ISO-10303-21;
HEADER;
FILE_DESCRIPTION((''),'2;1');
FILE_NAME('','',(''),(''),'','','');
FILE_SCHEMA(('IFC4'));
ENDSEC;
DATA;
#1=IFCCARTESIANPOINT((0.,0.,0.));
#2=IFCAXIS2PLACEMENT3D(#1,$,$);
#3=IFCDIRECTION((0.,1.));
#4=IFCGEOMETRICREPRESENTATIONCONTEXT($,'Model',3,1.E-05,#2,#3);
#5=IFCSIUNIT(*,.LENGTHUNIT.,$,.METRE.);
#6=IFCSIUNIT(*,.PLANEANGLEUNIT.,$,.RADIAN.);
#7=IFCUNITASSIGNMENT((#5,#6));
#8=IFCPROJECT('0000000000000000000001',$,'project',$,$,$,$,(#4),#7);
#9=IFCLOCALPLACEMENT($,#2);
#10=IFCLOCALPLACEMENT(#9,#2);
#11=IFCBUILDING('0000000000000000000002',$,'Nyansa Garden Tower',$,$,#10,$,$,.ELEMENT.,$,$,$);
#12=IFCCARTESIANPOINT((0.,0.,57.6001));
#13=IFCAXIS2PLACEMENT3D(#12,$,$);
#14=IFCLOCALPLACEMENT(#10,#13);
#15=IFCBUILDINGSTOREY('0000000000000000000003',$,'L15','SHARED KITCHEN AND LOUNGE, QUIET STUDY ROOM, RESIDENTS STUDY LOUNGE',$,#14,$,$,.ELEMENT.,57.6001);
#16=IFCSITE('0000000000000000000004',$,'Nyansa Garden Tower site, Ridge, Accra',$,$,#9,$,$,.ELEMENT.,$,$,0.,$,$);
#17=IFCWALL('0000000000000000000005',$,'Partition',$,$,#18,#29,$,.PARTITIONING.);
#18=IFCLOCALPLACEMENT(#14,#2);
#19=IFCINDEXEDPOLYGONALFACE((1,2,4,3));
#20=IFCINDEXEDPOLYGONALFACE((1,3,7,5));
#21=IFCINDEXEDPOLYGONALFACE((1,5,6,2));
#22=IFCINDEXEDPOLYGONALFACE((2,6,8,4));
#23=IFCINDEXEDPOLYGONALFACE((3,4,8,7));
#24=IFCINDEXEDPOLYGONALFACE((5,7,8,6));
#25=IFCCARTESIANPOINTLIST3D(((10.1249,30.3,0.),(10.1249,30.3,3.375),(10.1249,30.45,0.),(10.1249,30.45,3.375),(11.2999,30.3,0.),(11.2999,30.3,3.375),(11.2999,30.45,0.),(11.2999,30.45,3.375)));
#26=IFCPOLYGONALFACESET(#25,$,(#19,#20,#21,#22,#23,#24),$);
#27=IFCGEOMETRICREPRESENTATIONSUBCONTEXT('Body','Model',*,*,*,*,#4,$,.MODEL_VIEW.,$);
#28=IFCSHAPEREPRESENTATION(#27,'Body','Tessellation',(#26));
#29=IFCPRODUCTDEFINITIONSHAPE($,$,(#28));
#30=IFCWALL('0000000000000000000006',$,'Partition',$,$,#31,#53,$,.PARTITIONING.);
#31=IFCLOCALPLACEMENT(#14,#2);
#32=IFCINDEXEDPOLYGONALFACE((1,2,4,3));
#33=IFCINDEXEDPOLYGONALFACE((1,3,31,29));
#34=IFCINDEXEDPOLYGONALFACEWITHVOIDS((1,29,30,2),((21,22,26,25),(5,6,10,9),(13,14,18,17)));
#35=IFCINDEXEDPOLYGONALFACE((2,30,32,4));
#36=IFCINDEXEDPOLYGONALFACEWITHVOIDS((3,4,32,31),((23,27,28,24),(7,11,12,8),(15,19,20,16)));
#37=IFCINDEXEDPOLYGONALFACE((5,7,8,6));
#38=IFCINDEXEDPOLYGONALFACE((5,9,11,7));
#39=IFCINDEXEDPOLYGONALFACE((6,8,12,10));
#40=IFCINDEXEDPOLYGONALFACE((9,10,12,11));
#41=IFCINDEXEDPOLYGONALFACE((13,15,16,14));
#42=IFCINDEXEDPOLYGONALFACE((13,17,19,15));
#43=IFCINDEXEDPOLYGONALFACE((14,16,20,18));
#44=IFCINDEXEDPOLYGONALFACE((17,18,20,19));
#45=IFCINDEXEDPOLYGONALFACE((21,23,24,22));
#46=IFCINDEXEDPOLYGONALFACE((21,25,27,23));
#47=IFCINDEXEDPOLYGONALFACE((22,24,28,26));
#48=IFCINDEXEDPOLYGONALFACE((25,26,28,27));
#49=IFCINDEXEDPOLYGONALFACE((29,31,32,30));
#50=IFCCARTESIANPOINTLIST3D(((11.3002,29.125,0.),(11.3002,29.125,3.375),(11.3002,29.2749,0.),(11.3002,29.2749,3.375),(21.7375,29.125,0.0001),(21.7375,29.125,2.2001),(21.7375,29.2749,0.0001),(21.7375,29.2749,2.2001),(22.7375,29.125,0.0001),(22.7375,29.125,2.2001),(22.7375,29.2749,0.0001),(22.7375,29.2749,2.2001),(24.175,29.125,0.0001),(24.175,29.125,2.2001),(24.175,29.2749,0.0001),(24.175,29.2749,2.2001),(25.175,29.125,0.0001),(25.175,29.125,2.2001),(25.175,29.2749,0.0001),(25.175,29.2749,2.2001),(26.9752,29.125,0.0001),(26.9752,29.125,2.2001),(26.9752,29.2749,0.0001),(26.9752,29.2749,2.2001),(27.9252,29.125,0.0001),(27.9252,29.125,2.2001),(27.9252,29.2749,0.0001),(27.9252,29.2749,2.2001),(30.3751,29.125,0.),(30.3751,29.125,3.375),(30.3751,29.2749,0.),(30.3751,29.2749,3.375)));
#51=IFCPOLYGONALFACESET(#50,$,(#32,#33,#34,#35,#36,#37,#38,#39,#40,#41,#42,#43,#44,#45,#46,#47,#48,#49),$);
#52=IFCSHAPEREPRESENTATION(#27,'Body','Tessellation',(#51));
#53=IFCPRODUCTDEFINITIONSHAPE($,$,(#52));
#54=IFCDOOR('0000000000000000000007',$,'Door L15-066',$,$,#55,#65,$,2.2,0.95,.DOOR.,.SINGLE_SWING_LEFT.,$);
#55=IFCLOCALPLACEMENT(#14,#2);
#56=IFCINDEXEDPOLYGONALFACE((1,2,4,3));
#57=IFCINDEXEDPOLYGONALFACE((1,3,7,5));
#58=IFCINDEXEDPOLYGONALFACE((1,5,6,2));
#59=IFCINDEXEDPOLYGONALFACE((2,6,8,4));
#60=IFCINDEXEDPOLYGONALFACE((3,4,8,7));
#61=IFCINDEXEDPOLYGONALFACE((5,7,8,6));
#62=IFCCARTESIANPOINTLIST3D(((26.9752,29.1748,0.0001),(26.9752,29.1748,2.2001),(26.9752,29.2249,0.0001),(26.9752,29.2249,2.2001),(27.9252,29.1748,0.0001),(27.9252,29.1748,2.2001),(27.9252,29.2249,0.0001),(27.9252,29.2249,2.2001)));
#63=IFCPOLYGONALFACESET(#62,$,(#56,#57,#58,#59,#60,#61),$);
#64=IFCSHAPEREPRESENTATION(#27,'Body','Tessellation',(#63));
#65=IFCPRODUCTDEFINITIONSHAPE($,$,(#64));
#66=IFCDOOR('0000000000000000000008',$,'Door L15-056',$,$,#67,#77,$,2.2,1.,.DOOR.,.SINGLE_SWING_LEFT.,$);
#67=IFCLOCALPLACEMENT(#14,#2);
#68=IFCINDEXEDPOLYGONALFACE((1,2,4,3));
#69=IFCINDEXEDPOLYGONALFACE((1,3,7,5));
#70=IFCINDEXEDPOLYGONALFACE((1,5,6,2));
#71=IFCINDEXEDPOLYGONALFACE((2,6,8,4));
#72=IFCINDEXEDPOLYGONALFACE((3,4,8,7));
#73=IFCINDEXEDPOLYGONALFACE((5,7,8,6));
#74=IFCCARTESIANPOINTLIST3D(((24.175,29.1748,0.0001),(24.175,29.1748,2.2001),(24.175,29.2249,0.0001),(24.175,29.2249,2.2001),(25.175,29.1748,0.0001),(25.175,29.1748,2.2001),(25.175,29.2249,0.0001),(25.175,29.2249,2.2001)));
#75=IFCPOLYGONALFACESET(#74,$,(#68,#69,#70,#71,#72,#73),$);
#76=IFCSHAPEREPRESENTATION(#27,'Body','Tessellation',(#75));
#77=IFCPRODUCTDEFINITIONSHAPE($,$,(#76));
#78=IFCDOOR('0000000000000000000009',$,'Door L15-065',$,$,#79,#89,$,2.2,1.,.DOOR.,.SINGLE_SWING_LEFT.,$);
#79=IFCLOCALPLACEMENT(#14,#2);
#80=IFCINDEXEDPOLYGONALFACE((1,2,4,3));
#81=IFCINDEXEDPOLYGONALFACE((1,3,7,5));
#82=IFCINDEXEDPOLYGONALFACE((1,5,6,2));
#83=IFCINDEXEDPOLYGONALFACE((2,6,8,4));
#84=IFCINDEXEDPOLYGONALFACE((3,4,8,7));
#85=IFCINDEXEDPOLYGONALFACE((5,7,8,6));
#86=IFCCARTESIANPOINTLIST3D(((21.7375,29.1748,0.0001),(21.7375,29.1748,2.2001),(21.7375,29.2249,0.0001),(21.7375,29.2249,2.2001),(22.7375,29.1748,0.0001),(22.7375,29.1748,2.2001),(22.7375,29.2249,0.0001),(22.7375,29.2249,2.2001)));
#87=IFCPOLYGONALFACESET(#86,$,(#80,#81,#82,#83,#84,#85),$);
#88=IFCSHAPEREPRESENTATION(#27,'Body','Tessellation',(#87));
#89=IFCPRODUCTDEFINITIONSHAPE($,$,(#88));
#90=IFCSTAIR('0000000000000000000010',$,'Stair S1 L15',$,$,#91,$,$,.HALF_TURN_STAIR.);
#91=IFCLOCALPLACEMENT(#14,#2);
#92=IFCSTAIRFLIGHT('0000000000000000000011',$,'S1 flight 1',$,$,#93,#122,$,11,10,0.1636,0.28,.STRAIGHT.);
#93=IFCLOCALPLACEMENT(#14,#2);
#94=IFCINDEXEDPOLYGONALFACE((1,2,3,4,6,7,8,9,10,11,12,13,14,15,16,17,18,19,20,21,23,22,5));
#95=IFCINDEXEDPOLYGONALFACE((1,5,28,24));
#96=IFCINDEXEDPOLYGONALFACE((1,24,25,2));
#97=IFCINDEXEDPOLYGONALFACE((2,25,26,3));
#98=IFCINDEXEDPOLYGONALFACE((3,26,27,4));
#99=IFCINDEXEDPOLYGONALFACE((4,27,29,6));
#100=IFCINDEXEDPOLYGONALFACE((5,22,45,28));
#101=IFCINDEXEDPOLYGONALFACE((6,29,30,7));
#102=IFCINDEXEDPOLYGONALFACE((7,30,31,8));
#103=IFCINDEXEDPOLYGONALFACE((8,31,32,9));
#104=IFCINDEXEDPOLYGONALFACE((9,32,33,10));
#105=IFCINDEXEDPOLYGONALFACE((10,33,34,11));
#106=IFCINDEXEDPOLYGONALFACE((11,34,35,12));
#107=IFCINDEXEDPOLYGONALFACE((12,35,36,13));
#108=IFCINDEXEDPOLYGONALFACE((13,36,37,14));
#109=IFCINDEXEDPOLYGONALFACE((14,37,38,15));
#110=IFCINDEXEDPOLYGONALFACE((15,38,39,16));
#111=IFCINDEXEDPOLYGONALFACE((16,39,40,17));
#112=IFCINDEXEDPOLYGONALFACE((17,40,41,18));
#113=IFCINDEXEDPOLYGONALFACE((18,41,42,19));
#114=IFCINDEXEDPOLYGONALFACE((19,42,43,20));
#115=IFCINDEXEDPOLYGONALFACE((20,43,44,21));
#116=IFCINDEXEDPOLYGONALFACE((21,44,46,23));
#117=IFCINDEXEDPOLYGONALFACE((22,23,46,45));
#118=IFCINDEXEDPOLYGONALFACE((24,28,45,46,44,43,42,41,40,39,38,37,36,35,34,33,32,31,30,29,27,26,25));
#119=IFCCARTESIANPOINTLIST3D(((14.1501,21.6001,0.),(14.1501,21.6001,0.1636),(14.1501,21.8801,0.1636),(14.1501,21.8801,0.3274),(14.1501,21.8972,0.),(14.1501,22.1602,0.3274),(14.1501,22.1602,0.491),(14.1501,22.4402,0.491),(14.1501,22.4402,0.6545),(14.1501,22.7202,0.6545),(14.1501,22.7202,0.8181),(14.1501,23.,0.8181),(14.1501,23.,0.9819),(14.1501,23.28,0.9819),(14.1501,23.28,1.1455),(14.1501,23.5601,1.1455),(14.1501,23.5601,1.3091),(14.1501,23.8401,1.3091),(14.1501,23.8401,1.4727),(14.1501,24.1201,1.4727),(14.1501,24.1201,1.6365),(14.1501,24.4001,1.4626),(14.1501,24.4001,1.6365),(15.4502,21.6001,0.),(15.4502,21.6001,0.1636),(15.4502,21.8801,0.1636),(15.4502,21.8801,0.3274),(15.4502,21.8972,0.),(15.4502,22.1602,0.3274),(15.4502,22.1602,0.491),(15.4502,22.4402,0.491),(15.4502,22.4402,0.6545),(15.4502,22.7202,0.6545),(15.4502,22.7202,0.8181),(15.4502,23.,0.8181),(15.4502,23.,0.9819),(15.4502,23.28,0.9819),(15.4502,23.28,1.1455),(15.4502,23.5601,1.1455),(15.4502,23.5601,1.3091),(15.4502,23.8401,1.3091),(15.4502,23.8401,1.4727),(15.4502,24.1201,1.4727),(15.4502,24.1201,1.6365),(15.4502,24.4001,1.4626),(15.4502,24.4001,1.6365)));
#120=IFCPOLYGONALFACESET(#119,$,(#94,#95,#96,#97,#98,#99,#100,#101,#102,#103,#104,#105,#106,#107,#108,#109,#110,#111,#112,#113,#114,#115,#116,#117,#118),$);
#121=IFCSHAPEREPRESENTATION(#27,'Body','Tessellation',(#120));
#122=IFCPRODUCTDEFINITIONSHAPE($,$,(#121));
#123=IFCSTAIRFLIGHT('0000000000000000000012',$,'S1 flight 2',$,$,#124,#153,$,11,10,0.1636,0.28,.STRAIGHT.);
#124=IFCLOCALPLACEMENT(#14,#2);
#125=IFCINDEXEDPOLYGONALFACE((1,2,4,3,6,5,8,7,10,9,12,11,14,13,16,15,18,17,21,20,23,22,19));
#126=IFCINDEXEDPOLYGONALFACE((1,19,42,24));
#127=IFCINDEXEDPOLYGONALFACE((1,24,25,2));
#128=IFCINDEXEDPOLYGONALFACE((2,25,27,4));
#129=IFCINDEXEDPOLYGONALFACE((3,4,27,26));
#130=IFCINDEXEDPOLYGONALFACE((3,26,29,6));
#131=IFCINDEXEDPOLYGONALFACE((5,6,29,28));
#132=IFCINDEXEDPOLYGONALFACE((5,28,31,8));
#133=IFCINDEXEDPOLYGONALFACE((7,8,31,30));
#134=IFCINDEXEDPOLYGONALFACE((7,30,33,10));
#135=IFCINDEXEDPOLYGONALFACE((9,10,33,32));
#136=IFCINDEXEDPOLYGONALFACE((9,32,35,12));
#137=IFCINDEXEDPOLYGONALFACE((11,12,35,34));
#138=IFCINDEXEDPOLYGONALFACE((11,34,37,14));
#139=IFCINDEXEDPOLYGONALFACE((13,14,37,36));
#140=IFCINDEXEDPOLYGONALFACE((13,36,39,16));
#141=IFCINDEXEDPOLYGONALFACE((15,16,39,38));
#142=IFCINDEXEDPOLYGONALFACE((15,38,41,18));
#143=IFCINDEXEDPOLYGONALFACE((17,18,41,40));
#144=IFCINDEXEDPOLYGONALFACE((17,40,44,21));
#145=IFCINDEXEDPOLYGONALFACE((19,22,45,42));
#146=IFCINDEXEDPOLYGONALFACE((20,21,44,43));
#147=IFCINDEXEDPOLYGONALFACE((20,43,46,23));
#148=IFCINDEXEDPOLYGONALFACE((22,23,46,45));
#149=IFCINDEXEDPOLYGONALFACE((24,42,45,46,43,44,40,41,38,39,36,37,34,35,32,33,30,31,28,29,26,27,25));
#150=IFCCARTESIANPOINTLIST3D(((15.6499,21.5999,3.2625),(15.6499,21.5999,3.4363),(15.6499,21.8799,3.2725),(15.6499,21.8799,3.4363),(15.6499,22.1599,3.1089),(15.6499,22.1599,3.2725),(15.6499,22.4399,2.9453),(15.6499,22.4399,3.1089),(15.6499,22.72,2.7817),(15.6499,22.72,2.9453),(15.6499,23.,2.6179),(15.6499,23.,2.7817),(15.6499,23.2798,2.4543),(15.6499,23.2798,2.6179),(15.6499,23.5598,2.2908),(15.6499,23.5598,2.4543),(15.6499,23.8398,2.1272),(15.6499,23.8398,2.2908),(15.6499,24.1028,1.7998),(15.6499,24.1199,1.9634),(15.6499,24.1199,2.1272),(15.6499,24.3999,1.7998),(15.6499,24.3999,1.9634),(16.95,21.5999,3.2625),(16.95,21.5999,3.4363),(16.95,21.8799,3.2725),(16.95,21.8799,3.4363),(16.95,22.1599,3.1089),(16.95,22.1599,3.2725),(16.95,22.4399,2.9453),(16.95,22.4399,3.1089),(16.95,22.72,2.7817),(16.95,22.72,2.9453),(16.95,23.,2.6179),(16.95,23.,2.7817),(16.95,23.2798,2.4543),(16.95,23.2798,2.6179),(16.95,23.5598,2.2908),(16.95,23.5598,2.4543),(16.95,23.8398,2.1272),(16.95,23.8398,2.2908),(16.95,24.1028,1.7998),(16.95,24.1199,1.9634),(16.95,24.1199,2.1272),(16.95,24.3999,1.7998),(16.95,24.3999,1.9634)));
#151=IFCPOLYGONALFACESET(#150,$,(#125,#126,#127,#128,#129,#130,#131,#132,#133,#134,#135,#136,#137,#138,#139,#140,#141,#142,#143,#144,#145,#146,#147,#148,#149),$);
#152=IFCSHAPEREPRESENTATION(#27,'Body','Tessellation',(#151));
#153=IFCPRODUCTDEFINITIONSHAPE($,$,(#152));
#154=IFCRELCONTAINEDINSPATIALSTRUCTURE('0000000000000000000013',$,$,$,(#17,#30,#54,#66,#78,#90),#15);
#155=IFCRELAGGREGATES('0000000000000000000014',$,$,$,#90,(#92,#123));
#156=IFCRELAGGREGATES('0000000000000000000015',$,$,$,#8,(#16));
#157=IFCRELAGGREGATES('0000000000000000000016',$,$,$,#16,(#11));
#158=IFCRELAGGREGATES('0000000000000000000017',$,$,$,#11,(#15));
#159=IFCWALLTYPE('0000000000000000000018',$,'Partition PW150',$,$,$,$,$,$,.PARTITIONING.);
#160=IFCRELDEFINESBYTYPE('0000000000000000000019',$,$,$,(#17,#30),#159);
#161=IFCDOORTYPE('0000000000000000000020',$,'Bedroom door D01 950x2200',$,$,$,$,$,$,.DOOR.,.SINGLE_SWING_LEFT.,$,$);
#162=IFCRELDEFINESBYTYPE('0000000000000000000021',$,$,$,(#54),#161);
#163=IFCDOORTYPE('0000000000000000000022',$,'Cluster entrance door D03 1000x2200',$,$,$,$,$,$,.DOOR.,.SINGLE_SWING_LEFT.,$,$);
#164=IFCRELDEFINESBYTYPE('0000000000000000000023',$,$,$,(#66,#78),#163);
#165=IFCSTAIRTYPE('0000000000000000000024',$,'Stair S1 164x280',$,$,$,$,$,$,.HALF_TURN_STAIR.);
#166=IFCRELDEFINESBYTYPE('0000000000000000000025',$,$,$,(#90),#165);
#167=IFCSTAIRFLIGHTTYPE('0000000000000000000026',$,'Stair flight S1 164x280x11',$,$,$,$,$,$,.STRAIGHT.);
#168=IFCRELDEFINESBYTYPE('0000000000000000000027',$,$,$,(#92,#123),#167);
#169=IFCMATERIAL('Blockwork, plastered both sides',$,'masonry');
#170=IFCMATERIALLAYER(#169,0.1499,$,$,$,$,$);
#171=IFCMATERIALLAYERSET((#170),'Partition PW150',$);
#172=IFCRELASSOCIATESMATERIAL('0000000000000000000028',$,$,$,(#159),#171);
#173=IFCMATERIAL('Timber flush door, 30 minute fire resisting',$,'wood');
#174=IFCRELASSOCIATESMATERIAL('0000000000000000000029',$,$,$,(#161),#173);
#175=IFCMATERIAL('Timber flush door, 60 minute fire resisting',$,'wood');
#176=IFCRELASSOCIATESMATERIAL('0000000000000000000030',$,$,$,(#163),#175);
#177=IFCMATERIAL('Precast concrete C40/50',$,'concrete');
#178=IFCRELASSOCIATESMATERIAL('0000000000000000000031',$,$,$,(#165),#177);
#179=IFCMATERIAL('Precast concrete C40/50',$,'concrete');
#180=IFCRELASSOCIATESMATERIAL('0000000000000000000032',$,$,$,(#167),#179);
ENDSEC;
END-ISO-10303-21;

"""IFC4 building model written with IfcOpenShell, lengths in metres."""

from ifc_helpers import new_model, si_unit, direction, frame, frame_2d, origin, place, context, subcontext, project, spatial, polyline, rectangle, outline, extrude, material, layer, layer_set, type_object, element, fill, aggregate, save


model = new_model("IFC4")

# Units and contexts
model_context = context("Model", 3, precision=1e-05, world=origin(), true_north=direction((0.0, 1.0)))
body_context = subcontext(model_context, "Body", "Model", "MODEL_VIEW")
ifc_project = project(units=[si_unit("LENGTHUNIT", "METRE"), si_unit("PLANEANGLEUNIT", "RADIAN")], contexts=[model_context])

# Site, building, storey
site_placement = place(None, origin())
site = spatial("IfcSite", under=ifc_project, at=site_placement, Name="Nyansa Garden Tower site, Ridge, Accra", CompositionType="ELEMENT", RefElevation=0.0)
building_placement = place(site_placement, origin())
building = spatial("IfcBuilding", under=site, at=building_placement, Name="Nyansa Garden Tower", CompositionType="ELEMENT")
storey_placement = place(building_placement, frame((0.0, 0.0, 57.6001)))
storey = spatial("IfcBuildingStorey", under=building, at=storey_placement, Name="L15", Description="SHARED KITCHEN AND LOUNGE, QUIET STUDY ROOM, RESIDENTS STUDY LOUNGE", CompositionType="ELEMENT", Elevation=57.6001)

# Wall
ifc_material_1 = material(Name="Blockwork, plastered both sides", Category="masonry")
ifc_layer_1 = layer(ifc_material_1, 0.1499)
ifc_layer_set_1 = layer_set([ifc_layer_1], Name="Partition PW150")
wall_type_1 = type_object("IfcWallType", Name="Partition PW150", PredefinedType="PARTITIONING", material=ifc_layer_set_1)
wall_1_placement = place(storey_placement, frame((10.125, 30.375, 0.0), z_axis=(0.0, 0.0, 1.0), x_axis=(1.0, 0.0, 0.0)))
element("IfcWall", 1, at=wall_1_placement, inside=storey, type_object=wall_type_1, Name="Partition", PredefinedType="PARTITIONING", context=body_context, shape_type="SweptSolid", body=[
    extrude(rectangle(XDim=1.175, YDim=0.1499, at=frame_2d((0.5874, 0.0))), origin(), (0.0, 0.0, 1.0), 3.375),
])

# Wall, openings, doors
wall_2_placement = place(storey_placement, frame((11.3, 29.2, 0.0), z_axis=(0.0, 0.0, 1.0), x_axis=(1.0, 0.0, 0.0)))
wall_2 = element("IfcWall", 2, at=wall_2_placement, inside=storey, type_object=wall_type_1, Name="Partition", PredefinedType="PARTITIONING", context=body_context, shape_type="SweptSolid", body=[
    extrude(rectangle(XDim=19.075, YDim=0.1499, at=frame_2d((9.5376, 0.0))), origin(), (0.0, 0.0, 1.0), 3.375),
])
opening_1_placement = place(wall_2_placement, frame((12.875, 0.0, 0.0)))
opening_1 = element("IfcOpeningElement", 3, at=opening_1_placement, cuts=wall_2, PredefinedType="OPENING", context=body_context, shape_type="SweptSolid", body=[
    extrude(rectangle(XDim=1.0, YDim=2.2, at=frame_2d((0.5, 1.1001))), frame((0.0, 0.085, 0.0), z_axis=(0.0, -1.0, 0.0), x_axis=(1.0, 0.0, 0.0)), (0.0, 0.0, 1.0), 0.1699),
])
opening_2_placement = place(wall_2_placement, frame((10.4375, 0.0, 0.0)))
opening_2 = element("IfcOpeningElement", 4, at=opening_2_placement, cuts=wall_2, PredefinedType="OPENING", context=body_context, shape_type="SweptSolid", body=[
    extrude(rectangle(XDim=1.0, YDim=2.2, at=frame_2d((0.5, 1.1001))), frame((0.0, 0.085, 0.0), z_axis=(0.0, -1.0, 0.0), x_axis=(1.0, 0.0, 0.0)), (0.0, 0.0, 1.0), 0.1699),
])
opening_3_placement = place(wall_2_placement, frame((15.675, 0.0, 0.0)))
opening_3 = element("IfcOpeningElement", 5, at=opening_3_placement, cuts=wall_2, PredefinedType="OPENING", context=body_context, shape_type="SweptSolid", body=[
    extrude(rectangle(XDim=0.95, YDim=2.2, at=frame_2d((0.4751, 1.1001))), frame((0.0, 0.085, 0.0), z_axis=(0.0, -1.0, 0.0), x_axis=(1.0, 0.0, 0.0)), (0.0, 0.0, 1.0), 0.1699),
])
ifc_material_2 = material(Name="Timber flush door, 30 minute fire resisting", Category="wood")
door_type_1 = type_object("IfcDoorType", Name="Bedroom door D01 950x2200", OperationType="SINGLE_SWING_LEFT", PredefinedType="DOOR", material=ifc_material_2)
door_1_placement = place(opening_3_placement, origin())
door_1 = element("IfcDoor", 6, at=door_1_placement, inside=storey, type_object=door_type_1, Name="Door L15-066", OperationType="SINGLE_SWING_LEFT", OverallHeight=2.2, OverallWidth=0.95, PredefinedType="DOOR", context=body_context, shape_type="SweptSolid", body=[
    extrude(rectangle(XDim=0.95, YDim=2.2, at=frame_2d((0.4751, 1.1001))), frame((0.0, 0.0249, 0.0), z_axis=(0.0, -1.0, 0.0), x_axis=(1.0, 0.0, 0.0)), (0.0, 0.0, 1.0), 0.05),
])
fill(opening_3, door_1)
ifc_material_3 = material(Name="Timber flush door, 60 minute fire resisting", Category="wood")
door_type_2 = type_object("IfcDoorType", Name="Cluster entrance door D03 1000x2200", OperationType="SINGLE_SWING_LEFT", PredefinedType="DOOR", material=ifc_material_3)
door_2_placement = place(opening_1_placement, origin())
door_2 = element("IfcDoor", 7, at=door_2_placement, inside=storey, type_object=door_type_2, Name="Door L15-056", OperationType="SINGLE_SWING_LEFT", OverallHeight=2.2, OverallWidth=1.0, PredefinedType="DOOR", context=body_context, shape_type="SweptSolid", body=[
    extrude(rectangle(XDim=1.0, YDim=2.2, at=frame_2d((0.5, 1.1001))), frame((0.0, 0.0249, 0.0), z_axis=(0.0, -1.0, 0.0), x_axis=(1.0, 0.0, 0.0)), (0.0, 0.0, 1.0), 0.05),
])
fill(opening_1, door_2)
door_3_placement = place(opening_2_placement, origin())
door_3 = element("IfcDoor", 8, at=door_3_placement, inside=storey, type_object=door_type_2, Name="Door L15-065", OperationType="SINGLE_SWING_LEFT", OverallHeight=2.2, OverallWidth=1.0, PredefinedType="DOOR", context=body_context, shape_type="SweptSolid", body=[
    extrude(rectangle(XDim=1.0, YDim=2.2, at=frame_2d((0.5, 1.1001))), frame((0.0, 0.0249, 0.0), z_axis=(0.0, -1.0, 0.0), x_axis=(1.0, 0.0, 0.0)), (0.0, 0.0, 1.0), 0.05),
])
fill(opening_2, door_3)

# Stair, stair flights
ifc_material_4 = material(Name="Precast concrete C40/50", Category="concrete")
stair_type = type_object("IfcStairType", Name="Stair S1 164x280", PredefinedType="HALF_TURN_STAIR", material=ifc_material_4)
stair_placement = place(storey_placement, origin())
stair = element("IfcStair", 9, at=stair_placement, inside=storey, type_object=stair_type, Name="Stair S1 L15", PredefinedType="HALF_TURN_STAIR")
ifc_material_5 = material(Name="Precast concrete C40/50", Category="concrete")
stair_flight_type = type_object("IfcStairFlightType", Name="Stair flight S1 164x280x11", PredefinedType="STRAIGHT", material=ifc_material_5)
stair_flight_1_placement = place(storey_placement, frame((14.8, 21.6001, 0.0), z_axis=(0.0, 0.0, 1.0), x_axis=(0.0, 1.0, 0.0)))
stair_flight_1 = element("IfcStairFlight", 10, at=stair_flight_1_placement, type_object=stair_flight_type, Name="S1 flight 1", NumberOfRisers=11, NumberOfTreads=10, PredefinedType="STRAIGHT", RiserHeight=0.1636, TreadLength=0.28, context=body_context, shape_type="SweptSolid", body=[
    extrude(outline(polyline([(0.0, 0.0), (0.0, 0.1636), (0.28, 0.1636), (0.28, 0.3274), (0.5601, 0.3274), (0.5601, 0.491), (0.8401, 0.491), (0.8401, 0.6545), (1.1201, 0.6545), (1.1201, 0.8181), (1.3999, 0.8181), (1.3999, 0.9819), (1.6799, 0.9819), (1.6799, 1.1455), (1.96, 1.1455), (1.96, 1.3091), (2.24, 1.3091), (2.24, 1.4727), (2.52, 1.4727), (2.52, 1.6365), (2.8, 1.6365), (2.8, 1.8), (2.8, 1.4626), (0.2971, 0.0), (0.0, 0.0)])), frame((0.0, 0.6499, 0.0), z_axis=(0.0, -1.0, 0.0), x_axis=(1.0, 0.0, 0.0)), (0.0, 0.0, 1.0), 1.3),
])
stair_flight_2_placement = place(storey_placement, frame((16.3, 24.3999, 1.7998), z_axis=(0.0, 0.0, 1.0), x_axis=(0.0, -1.0, 0.0)))
stair_flight_2 = element("IfcStairFlight", 11, at=stair_flight_2_placement, type_object=stair_flight_type, Name="S1 flight 2", NumberOfRisers=11, NumberOfTreads=10, PredefinedType="STRAIGHT", RiserHeight=0.1636, TreadLength=0.28, context=body_context, shape_type="SweptSolid", body=[
    extrude(outline(polyline([(0.0, 0.0), (0.0, 0.1636), (0.28, 0.1636), (0.28, 0.3274), (0.5601, 0.3274), (0.5601, 0.491), (0.8401, 0.491), (0.8401, 0.6545), (1.1201, 0.6545), (1.1201, 0.8181), (1.3999, 0.8181), (1.3999, 0.9819), (1.6799, 0.9819), (1.6799, 1.1455), (1.96, 1.1455), (1.96, 1.3091), (2.24, 1.3091), (2.24, 1.4727), (2.52, 1.4727), (2.52, 1.6365), (2.8, 1.6365), (2.8, 1.8), (2.8, 1.4626), (0.2971, 0.0), (0.0, 0.0)])), frame((0.0, 0.6499, 0.0), z_axis=(0.0, -1.0, 0.0), x_axis=(1.0, 0.0, 0.0)), (0.0, 0.0, 1.0), 1.3),
])
aggregate(stair, [stair_flight_1, stair_flight_2])

save(model, "model.ifc")
